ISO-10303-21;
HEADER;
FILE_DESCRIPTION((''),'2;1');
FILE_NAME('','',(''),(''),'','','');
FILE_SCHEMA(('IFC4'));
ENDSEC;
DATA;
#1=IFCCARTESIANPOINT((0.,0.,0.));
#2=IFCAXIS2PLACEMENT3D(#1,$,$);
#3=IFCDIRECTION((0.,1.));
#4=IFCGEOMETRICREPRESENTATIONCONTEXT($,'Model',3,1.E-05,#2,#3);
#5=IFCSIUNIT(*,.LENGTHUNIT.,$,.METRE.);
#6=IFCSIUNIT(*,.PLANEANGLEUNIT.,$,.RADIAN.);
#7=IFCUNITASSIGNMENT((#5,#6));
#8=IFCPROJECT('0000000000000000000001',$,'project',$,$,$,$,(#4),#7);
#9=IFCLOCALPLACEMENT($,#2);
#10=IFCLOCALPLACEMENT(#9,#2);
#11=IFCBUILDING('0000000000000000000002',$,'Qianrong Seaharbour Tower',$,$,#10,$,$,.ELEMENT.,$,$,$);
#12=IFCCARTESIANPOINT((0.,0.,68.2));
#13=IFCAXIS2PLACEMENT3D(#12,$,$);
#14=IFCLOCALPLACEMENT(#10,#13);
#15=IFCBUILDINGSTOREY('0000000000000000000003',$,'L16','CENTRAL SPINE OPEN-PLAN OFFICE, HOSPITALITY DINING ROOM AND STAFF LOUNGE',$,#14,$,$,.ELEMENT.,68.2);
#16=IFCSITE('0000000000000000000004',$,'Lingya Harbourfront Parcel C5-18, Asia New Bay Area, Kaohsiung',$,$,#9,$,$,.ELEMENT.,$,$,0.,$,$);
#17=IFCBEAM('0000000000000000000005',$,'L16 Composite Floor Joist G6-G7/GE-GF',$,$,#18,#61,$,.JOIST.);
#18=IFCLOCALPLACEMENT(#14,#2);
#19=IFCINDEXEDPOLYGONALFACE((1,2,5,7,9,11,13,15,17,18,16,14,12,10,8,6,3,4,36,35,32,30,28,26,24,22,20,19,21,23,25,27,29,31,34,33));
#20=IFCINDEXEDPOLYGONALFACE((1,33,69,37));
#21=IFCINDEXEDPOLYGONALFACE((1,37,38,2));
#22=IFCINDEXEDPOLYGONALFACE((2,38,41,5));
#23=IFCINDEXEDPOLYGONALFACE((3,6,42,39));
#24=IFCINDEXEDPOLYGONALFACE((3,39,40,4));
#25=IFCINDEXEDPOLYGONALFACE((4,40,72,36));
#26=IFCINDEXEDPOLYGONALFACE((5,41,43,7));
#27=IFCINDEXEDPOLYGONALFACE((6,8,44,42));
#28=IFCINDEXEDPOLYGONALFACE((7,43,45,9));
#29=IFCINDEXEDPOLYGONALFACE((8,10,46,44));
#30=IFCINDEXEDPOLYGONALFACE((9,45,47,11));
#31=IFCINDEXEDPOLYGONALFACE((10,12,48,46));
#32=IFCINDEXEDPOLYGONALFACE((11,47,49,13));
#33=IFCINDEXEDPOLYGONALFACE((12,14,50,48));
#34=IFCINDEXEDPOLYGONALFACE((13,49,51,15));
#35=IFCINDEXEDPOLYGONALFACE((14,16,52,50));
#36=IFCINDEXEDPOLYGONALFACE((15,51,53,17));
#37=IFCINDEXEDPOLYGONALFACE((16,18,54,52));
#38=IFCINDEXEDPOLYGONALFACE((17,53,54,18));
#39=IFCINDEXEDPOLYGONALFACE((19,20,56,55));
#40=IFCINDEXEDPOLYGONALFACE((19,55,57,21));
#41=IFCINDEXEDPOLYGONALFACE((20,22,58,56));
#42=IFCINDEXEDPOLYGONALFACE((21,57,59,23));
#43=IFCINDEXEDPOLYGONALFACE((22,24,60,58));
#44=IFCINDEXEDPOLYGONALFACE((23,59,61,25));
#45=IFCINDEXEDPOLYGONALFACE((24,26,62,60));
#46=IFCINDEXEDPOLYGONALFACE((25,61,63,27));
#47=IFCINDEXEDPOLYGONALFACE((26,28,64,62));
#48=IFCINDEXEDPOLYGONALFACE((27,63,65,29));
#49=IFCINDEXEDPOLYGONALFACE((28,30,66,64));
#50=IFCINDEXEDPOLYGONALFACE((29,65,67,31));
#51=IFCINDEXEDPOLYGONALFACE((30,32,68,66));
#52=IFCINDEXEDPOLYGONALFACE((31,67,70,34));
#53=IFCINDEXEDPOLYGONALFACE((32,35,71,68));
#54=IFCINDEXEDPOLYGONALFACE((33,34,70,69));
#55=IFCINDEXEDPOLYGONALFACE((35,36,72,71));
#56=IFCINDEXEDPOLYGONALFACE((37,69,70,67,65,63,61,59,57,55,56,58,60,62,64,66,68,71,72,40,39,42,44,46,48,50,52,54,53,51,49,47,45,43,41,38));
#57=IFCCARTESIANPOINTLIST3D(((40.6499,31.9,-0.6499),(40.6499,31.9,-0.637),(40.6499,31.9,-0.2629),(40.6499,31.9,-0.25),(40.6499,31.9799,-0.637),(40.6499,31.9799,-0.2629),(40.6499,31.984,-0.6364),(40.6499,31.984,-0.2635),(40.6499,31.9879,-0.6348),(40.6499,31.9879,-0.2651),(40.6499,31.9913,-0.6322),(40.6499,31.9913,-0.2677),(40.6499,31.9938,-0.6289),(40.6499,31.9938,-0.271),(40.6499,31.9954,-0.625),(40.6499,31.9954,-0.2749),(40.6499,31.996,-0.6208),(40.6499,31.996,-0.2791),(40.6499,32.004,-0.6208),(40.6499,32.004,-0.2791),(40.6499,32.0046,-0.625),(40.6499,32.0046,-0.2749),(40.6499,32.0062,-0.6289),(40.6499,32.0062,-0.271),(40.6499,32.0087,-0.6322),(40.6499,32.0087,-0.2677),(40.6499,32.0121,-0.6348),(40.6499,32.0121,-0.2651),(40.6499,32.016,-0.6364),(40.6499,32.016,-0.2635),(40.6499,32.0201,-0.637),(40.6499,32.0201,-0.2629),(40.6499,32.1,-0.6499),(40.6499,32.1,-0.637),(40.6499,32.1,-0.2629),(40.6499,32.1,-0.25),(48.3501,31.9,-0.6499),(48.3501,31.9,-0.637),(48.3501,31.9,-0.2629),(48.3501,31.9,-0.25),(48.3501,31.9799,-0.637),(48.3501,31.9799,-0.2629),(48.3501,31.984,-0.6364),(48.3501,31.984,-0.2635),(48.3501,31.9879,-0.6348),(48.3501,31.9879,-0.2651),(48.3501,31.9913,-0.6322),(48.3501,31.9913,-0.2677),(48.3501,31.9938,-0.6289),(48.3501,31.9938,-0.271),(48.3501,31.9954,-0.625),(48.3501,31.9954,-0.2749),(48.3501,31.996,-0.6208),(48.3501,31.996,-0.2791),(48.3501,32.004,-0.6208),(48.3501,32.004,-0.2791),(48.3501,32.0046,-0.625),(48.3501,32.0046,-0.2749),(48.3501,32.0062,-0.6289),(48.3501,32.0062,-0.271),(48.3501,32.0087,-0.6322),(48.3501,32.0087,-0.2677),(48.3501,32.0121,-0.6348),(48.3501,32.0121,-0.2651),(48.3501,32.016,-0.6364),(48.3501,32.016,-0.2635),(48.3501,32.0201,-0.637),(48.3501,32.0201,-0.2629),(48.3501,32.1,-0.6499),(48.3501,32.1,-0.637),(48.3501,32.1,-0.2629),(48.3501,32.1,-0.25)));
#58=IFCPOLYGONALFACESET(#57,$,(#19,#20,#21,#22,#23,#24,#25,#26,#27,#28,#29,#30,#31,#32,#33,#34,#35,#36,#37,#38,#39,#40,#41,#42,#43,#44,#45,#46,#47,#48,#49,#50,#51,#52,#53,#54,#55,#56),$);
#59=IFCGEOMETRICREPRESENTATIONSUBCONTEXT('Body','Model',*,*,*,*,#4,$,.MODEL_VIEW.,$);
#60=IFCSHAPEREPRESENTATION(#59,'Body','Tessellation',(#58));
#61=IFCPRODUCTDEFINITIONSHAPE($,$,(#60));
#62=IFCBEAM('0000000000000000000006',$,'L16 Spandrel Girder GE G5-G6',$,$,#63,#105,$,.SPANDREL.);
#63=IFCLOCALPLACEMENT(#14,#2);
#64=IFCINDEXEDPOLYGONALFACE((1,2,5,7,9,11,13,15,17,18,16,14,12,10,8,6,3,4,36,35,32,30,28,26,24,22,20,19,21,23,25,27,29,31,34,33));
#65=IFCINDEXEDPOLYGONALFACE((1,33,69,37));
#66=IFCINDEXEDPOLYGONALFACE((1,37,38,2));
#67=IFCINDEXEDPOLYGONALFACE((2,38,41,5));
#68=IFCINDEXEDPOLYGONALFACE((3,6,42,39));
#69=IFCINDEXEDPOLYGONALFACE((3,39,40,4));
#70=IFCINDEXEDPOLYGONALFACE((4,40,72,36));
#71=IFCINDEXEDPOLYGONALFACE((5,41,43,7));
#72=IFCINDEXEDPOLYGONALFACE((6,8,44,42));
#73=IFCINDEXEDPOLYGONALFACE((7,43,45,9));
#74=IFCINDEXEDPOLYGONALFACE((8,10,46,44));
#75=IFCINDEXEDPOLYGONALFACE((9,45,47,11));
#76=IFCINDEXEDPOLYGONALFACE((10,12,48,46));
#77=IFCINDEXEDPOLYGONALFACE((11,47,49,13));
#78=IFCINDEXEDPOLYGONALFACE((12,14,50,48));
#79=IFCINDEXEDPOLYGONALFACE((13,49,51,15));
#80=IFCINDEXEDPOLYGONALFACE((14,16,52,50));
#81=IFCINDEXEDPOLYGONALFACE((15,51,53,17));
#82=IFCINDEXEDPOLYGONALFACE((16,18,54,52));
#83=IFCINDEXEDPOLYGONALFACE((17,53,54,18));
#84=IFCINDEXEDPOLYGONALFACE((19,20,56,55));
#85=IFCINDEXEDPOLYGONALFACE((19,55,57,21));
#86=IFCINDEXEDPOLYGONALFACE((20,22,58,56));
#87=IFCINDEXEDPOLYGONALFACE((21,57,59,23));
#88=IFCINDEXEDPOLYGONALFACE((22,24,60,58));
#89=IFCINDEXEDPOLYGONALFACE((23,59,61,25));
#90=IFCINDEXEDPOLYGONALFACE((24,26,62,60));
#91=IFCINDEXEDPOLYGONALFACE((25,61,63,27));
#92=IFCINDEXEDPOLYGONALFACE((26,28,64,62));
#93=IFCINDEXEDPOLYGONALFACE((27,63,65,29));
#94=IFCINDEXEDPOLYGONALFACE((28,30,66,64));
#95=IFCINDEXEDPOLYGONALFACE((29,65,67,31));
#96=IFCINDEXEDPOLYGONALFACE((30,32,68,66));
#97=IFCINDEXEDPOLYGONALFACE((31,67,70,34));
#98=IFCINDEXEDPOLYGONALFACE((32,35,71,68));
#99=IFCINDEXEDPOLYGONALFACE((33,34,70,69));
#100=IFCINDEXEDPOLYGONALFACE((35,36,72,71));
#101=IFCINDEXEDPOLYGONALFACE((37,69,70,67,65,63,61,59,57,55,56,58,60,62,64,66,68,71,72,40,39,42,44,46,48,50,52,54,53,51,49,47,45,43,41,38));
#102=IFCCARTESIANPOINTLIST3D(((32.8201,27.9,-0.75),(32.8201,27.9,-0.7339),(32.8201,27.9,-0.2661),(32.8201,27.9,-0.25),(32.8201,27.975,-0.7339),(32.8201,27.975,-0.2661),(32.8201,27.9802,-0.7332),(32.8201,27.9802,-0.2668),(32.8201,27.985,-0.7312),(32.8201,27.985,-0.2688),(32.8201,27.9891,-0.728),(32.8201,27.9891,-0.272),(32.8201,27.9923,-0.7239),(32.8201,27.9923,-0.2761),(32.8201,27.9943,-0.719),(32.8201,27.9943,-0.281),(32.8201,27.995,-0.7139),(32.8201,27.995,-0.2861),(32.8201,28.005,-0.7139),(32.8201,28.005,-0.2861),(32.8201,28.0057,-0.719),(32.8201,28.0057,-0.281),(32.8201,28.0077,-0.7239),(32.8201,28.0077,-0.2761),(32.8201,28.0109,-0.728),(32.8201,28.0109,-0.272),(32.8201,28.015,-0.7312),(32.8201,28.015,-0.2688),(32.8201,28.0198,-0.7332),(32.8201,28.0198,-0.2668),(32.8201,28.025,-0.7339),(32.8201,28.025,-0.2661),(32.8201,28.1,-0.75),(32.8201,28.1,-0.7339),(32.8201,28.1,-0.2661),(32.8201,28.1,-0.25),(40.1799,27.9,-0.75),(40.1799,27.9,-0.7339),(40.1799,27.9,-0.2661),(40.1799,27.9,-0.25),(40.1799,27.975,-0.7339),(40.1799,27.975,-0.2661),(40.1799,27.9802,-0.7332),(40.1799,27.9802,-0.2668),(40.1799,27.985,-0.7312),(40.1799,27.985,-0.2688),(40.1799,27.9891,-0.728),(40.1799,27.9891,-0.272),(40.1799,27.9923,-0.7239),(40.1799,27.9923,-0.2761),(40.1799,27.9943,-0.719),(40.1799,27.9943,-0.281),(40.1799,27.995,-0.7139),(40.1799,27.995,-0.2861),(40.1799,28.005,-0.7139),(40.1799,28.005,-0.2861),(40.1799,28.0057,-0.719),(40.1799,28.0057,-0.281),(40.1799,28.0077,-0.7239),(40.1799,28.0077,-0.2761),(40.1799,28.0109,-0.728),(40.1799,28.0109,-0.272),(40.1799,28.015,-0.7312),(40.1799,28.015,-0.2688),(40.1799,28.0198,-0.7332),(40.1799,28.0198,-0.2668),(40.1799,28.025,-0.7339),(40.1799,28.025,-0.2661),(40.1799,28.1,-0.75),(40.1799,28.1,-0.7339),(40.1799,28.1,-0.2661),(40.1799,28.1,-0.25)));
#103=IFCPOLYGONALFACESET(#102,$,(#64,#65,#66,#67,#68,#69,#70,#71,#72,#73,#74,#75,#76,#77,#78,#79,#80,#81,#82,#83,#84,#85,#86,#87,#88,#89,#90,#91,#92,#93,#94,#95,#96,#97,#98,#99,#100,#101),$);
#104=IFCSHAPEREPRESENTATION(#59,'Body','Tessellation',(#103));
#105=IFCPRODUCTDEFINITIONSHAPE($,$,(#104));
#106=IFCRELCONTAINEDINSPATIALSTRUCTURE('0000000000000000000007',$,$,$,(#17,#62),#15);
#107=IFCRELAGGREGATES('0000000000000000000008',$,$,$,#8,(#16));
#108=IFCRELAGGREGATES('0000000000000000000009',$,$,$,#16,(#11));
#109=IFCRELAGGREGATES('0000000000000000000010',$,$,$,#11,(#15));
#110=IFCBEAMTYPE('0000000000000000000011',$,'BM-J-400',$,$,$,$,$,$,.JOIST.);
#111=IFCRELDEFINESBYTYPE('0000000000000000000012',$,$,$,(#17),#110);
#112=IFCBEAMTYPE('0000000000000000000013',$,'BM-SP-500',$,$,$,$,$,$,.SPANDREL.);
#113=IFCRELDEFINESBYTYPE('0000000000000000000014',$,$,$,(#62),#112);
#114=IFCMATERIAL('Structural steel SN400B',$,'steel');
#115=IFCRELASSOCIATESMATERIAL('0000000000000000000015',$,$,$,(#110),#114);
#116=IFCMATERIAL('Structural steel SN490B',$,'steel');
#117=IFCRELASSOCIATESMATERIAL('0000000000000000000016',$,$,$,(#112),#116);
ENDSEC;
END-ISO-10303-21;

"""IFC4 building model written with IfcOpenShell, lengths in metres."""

from ifc_helpers import new_model, si_unit, direction, frame, origin, origin_2d, place, context, subcontext, project, spatial, i_section, extrude, material, material_profile, profile_set, type_object, element, save


model = new_model("IFC4")

# Units and contexts
model_context = context("Model", 3, precision=1e-05, world=origin(), true_north=direction((0.0, 1.0)))
body_context = subcontext(model_context, "Body", "Model", "MODEL_VIEW")
ifc_project = project(units=[si_unit("LENGTHUNIT", "METRE"), si_unit("PLANEANGLEUNIT", "RADIAN")], contexts=[model_context])

# Site, building, storey
site_placement = place(None, origin())
site = spatial("IfcSite", under=ifc_project, at=site_placement, Name="Lingya Harbourfront Parcel C5-18, Asia New Bay Area, Kaohsiung", CompositionType="ELEMENT", RefElevation=0.0)
building_placement = place(site_placement, origin())
building = spatial("IfcBuilding", under=site, at=building_placement, Name="Qianrong Seaharbour Tower", CompositionType="ELEMENT")
storey_placement = place(building_placement, frame((0.0, 0.0, 68.2)))
storey = spatial("IfcBuildingStorey", under=building, at=storey_placement, Name="L16", Description="CENTRAL SPINE OPEN-PLAN OFFICE, HOSPITALITY DINING ROOM AND STAFF LOUNGE", CompositionType="ELEMENT", Elevation=68.2)

# Shared definitions
ifc_material_1 = material(Name="Structural steel SN490B", Category="steel")

# Beams
ifc_material_2 = material(Name="Structural steel SN400B", Category="steel")
ifc_material_profile_1 = material_profile(ifc_material_2, i_section(OverallWidth=0.2, OverallDepth=0.3999, WebThickness=0.0081, FlangeThickness=0.0129, FilletRadius=0.0161, at=origin_2d()), Name="H400x200x8x13")
ifc_profile_set_1 = profile_set([ifc_material_profile_1], Name="Structural steel SN400B")
beam_type_1 = type_object("IfcBeamType", Name="BM-J-400", PredefinedType="JOIST", material=ifc_profile_set_1)
for number, where, z_axis, x_axis, name in (
    (1, (40.6499, 32.0, -0.45), (1.0, 0.0, 0.0), (0.0, 1.0, 0.0), "L16 Composite Floor Joist G6-G7/GE-GF"),
):
    element("IfcBeam", number, at=place(storey_placement, frame(where, z_axis=z_axis, x_axis=x_axis)), inside=storey, type_object=beam_type_1, Name=name, PredefinedType="JOIST", context=body_context, shape_type="SweptSolid", body=[
        extrude(i_section(OverallWidth=0.2, OverallDepth=0.3999, WebThickness=0.0081, FlangeThickness=0.0129, FilletRadius=0.0161, at=origin_2d()), origin(), (0.0, 0.0, 1.0), 7.7002),
    ])
ifc_material_profile_2 = material_profile(ifc_material_1, i_section(OverallWidth=0.2, OverallDepth=0.5, WebThickness=0.01, FlangeThickness=0.0161, FilletRadius=0.02, at=origin_2d()), Name="H500x200x10x16")
ifc_profile_set_2 = profile_set([ifc_material_profile_2], Name="Structural steel SN490B")
beam_type_2 = type_object("IfcBeamType", Name="BM-SP-500", PredefinedType="SPANDREL", material=ifc_profile_set_2)
beam_1_placement = place(storey_placement, frame((32.8201, 28.0, -0.5), z_axis=(1.0, 0.0, 0.0), x_axis=(0.0, 1.0, 0.0)))
element("IfcBeam", 2, at=beam_1_placement, inside=storey, type_object=beam_type_2, Name="L16 Spandrel Girder GE G5-G6", PredefinedType="SPANDREL", context=body_context, shape_type="SweptSolid", body=[
    extrude(i_section(OverallWidth=0.2, OverallDepth=0.5, WebThickness=0.01, FlangeThickness=0.0161, FilletRadius=0.02, at=origin_2d()), origin(), (0.0, 0.0, 1.0), 7.3599),
])

save(model, "model.ifc")
